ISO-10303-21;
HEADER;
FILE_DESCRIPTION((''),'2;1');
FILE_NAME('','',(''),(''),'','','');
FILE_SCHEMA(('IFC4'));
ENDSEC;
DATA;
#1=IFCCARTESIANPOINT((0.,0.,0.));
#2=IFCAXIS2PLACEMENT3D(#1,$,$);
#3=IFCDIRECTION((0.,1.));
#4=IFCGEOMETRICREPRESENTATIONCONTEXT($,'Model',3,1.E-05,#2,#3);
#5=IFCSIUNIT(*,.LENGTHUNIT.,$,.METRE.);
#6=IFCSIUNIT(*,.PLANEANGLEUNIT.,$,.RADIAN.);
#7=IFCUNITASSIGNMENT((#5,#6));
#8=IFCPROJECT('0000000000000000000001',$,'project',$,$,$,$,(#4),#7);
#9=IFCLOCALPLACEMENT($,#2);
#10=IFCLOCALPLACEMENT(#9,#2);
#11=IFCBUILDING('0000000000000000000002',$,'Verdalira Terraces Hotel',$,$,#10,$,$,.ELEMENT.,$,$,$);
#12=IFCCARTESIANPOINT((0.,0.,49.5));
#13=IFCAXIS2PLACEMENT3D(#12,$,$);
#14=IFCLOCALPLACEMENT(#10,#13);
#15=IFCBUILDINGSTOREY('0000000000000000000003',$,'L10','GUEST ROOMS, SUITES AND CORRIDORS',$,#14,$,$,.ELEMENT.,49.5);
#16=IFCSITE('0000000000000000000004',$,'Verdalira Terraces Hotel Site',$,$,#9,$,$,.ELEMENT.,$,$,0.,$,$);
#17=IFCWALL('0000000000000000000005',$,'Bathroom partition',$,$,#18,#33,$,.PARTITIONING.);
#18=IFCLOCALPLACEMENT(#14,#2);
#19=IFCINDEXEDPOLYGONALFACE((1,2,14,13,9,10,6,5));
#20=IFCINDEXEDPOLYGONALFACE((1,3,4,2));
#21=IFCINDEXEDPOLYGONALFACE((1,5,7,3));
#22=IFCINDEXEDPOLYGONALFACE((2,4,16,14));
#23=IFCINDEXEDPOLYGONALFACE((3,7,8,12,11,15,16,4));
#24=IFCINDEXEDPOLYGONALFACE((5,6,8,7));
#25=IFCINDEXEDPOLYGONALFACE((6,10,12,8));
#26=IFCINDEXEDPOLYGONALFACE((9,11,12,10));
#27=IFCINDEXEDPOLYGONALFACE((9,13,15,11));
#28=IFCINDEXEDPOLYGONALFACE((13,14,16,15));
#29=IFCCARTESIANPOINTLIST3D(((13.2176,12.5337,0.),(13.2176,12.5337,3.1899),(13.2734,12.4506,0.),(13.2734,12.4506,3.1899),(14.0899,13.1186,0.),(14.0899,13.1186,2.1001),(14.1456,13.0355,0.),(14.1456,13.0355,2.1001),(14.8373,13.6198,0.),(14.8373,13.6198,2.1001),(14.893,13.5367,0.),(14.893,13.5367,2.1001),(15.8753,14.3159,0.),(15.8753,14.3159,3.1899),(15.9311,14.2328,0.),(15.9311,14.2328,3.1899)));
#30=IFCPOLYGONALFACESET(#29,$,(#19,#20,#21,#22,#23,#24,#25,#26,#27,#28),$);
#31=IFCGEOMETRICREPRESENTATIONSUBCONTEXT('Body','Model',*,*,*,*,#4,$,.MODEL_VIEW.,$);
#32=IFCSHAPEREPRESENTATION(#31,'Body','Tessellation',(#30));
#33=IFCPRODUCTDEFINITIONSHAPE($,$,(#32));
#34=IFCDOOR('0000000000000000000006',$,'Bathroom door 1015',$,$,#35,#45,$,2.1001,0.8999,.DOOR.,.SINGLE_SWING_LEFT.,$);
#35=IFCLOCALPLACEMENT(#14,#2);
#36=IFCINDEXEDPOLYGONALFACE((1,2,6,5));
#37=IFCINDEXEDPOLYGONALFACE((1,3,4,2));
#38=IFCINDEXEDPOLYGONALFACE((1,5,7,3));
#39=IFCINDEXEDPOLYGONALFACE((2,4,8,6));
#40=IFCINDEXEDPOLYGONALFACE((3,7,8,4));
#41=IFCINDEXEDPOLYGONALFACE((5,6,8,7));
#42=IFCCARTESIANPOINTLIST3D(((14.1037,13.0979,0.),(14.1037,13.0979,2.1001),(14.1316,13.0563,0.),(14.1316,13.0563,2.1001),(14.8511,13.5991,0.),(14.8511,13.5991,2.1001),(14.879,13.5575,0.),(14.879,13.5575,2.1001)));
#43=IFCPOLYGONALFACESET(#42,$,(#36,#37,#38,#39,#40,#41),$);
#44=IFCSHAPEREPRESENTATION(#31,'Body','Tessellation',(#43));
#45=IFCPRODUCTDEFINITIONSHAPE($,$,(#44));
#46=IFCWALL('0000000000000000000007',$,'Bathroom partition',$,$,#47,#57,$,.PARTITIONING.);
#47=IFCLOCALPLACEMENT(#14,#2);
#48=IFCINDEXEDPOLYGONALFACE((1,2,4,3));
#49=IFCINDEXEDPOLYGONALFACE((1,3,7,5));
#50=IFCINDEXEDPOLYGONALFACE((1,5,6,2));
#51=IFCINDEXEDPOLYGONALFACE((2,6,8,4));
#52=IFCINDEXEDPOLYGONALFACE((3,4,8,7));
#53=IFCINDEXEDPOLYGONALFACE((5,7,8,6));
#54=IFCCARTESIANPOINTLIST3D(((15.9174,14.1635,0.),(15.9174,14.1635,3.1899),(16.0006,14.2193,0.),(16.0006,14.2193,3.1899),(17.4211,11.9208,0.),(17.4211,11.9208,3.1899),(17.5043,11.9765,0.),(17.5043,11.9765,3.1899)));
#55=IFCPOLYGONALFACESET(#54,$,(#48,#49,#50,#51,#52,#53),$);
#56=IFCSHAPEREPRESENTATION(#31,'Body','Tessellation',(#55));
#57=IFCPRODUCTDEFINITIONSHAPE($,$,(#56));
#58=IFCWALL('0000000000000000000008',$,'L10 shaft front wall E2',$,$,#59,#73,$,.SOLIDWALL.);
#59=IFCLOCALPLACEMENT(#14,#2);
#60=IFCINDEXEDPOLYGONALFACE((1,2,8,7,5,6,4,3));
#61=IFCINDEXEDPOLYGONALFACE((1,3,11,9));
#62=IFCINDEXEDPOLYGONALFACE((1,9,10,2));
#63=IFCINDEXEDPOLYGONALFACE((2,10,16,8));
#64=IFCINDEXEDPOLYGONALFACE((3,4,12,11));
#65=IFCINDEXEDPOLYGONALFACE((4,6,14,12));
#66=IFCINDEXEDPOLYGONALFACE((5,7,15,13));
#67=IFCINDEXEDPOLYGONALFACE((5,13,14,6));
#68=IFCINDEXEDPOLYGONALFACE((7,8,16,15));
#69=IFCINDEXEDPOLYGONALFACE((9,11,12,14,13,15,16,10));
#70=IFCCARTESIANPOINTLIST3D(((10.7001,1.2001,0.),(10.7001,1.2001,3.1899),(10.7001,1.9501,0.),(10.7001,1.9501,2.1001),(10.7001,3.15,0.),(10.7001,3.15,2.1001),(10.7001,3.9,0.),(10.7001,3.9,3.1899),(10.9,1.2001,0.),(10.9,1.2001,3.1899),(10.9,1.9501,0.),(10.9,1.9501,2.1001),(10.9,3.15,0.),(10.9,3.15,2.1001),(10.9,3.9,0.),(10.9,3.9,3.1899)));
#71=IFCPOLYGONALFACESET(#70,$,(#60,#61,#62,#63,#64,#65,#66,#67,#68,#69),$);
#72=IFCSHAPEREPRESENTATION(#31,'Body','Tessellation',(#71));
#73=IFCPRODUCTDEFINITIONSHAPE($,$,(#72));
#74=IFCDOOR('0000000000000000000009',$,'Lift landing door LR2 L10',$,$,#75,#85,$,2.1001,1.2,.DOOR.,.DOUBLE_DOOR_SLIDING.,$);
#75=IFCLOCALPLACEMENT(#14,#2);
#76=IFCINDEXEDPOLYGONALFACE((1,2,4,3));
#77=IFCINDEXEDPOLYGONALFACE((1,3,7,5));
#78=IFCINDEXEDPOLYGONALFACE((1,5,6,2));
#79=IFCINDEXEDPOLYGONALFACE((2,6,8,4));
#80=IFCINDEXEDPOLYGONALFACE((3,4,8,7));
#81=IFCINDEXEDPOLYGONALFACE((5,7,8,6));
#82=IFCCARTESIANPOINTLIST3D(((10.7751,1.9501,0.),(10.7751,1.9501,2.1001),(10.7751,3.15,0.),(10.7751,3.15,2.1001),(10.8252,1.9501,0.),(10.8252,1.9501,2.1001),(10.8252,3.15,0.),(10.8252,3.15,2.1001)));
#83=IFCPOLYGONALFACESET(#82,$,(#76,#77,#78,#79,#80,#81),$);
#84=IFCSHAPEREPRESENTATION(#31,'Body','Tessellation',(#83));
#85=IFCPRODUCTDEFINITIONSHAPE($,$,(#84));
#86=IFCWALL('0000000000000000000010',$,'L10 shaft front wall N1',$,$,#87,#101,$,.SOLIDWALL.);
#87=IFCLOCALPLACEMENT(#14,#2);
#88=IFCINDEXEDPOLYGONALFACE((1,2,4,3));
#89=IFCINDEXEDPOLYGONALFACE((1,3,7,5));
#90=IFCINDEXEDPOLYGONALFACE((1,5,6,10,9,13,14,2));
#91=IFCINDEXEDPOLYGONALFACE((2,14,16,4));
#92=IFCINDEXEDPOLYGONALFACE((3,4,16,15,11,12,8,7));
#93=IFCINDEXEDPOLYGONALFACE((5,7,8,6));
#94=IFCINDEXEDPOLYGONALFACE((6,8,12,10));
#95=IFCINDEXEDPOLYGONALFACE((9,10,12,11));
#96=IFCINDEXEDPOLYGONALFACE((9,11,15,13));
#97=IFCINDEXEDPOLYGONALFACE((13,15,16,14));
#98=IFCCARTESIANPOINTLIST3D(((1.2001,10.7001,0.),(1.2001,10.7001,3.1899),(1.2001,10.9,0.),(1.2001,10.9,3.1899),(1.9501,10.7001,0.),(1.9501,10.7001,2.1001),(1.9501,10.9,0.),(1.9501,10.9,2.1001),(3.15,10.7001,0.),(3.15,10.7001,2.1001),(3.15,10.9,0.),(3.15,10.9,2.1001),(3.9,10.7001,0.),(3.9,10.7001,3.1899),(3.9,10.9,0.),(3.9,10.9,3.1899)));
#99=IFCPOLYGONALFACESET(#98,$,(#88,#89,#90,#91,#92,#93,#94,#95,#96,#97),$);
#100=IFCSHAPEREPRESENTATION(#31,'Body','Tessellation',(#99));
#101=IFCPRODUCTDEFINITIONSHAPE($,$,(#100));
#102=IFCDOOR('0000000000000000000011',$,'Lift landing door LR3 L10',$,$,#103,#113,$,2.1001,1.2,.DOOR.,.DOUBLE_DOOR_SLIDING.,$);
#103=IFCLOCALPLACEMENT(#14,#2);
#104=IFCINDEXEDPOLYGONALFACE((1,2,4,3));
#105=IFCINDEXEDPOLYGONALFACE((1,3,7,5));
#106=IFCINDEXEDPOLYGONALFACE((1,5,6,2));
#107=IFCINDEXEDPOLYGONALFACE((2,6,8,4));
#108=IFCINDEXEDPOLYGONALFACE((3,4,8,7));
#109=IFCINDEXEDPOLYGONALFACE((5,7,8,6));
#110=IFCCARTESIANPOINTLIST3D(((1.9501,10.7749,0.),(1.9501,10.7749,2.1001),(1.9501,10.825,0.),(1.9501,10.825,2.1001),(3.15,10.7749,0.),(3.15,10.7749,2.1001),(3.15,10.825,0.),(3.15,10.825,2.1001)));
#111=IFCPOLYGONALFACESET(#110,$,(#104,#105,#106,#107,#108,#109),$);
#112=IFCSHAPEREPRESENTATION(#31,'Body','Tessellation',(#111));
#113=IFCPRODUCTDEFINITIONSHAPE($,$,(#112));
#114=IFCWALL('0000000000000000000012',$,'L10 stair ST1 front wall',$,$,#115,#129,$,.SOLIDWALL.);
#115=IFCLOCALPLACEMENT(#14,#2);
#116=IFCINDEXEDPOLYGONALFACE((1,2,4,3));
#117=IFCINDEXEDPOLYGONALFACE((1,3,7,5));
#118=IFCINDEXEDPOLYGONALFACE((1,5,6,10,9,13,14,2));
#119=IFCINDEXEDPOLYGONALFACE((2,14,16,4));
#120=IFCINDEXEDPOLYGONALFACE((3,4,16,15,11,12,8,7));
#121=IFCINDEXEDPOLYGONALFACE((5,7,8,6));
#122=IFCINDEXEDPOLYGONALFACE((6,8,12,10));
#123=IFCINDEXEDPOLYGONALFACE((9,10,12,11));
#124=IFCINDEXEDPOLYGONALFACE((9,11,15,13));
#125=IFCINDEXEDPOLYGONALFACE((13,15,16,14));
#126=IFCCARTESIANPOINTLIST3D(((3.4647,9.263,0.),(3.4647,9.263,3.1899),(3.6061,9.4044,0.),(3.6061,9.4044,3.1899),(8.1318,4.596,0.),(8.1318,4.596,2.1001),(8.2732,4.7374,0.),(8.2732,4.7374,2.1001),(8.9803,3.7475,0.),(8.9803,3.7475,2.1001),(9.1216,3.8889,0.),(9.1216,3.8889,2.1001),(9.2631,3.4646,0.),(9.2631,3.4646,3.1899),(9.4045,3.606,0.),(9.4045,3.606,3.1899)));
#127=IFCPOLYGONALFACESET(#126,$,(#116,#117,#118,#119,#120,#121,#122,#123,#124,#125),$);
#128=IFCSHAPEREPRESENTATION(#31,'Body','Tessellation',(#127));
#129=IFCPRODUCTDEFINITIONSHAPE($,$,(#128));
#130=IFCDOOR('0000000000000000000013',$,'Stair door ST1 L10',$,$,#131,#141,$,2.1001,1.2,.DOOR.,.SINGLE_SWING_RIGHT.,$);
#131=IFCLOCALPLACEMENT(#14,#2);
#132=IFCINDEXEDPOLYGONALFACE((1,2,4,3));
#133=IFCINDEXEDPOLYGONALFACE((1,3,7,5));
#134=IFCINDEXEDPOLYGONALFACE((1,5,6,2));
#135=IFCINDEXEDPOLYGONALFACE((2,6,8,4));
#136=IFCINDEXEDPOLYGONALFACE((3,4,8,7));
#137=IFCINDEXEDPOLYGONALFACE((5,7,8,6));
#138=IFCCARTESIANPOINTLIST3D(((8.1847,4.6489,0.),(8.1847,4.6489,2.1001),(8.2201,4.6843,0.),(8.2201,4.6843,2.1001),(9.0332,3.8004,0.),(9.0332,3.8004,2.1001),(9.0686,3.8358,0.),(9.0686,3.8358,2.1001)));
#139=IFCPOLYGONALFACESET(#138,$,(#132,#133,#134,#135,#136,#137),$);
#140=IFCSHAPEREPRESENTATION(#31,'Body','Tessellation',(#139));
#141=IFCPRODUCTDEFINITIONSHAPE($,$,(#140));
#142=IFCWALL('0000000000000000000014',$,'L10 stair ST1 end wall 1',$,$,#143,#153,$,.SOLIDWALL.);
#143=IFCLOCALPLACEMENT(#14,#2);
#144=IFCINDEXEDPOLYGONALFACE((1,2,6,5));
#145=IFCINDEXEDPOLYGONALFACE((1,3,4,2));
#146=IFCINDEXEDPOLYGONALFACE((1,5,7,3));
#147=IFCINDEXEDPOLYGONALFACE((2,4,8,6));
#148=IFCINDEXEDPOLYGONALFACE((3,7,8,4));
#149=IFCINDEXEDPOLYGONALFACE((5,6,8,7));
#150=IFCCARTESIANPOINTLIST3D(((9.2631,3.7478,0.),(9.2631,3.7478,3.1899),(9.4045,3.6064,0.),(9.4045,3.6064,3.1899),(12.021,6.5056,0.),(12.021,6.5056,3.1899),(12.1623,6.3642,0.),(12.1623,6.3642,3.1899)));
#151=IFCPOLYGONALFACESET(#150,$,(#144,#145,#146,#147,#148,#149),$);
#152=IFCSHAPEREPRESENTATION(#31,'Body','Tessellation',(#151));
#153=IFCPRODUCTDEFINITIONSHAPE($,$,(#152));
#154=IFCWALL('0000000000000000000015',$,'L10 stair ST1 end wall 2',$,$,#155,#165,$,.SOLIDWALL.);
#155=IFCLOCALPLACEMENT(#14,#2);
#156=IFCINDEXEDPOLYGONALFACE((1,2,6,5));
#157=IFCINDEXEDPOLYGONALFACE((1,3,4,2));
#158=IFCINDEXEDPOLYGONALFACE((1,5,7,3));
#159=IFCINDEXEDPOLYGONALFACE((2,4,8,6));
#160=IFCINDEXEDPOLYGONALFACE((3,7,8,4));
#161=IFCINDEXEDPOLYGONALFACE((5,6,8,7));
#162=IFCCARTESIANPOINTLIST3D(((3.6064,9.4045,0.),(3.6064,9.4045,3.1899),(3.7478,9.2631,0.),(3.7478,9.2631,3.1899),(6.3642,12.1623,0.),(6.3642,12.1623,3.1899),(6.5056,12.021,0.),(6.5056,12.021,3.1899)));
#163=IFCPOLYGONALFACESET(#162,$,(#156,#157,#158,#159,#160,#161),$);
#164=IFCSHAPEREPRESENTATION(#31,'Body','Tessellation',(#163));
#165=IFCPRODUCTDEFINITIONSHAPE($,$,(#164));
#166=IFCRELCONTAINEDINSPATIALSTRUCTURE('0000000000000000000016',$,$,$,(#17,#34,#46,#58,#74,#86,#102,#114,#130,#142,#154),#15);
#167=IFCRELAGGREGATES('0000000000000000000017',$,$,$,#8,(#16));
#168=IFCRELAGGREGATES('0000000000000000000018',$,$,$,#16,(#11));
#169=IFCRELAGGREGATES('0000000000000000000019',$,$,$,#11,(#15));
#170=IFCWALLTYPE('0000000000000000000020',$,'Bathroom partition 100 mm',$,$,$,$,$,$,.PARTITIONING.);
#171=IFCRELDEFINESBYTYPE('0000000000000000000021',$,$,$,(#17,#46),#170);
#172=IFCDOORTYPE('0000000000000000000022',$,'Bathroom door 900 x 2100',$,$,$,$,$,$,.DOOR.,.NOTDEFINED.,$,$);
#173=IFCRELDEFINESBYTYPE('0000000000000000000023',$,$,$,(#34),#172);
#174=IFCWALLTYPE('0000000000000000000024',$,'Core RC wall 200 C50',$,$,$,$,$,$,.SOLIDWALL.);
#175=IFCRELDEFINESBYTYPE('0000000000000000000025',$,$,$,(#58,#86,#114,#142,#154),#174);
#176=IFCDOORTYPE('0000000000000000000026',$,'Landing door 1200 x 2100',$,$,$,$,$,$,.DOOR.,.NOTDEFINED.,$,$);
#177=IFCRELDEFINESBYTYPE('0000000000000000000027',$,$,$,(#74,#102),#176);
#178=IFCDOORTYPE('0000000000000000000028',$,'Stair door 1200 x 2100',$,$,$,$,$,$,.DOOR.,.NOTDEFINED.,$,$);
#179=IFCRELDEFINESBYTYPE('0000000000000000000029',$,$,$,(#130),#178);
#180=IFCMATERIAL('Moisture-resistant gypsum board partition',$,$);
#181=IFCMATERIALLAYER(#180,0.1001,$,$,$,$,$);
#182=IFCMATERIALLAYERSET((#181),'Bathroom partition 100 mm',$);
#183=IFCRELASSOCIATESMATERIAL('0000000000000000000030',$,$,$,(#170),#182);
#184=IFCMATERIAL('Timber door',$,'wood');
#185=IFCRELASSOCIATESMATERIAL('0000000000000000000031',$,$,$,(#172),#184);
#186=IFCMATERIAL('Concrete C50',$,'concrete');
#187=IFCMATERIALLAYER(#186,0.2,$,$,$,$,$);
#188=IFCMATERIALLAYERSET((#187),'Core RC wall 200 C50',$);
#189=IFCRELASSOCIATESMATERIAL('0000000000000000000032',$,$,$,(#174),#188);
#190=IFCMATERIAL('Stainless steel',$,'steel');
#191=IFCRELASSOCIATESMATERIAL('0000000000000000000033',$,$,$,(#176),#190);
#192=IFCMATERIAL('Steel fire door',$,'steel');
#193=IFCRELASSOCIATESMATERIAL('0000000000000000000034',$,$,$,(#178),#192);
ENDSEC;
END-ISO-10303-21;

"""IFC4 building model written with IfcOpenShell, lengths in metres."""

from ifc_helpers import new_model, si_unit, direction, frame, frame_2d, origin, place, context, subcontext, project, spatial, rectangle, extrude, material, layer, layer_set, type_object, element, fill, save


model = new_model("IFC4")

# Units and contexts
model_context = context("Model", 3, precision=1e-05, world=origin(), true_north=direction((0.0, 1.0)))
body_context = subcontext(model_context, "Body", "Model", "MODEL_VIEW")
ifc_project = project(units=[si_unit("LENGTHUNIT", "METRE"), si_unit("PLANEANGLEUNIT", "RADIAN")], contexts=[model_context])

# Site, building, storey
site_placement = place(None, origin())
site = spatial("IfcSite", under=ifc_project, at=site_placement, Name="Verdalira Terraces Hotel Site", CompositionType="ELEMENT", RefElevation=0.0)
building_placement = place(site_placement, origin())
building = spatial("IfcBuilding", under=site, at=building_placement, Name="Verdalira Terraces Hotel", CompositionType="ELEMENT")
storey_placement = place(building_placement, frame((0.0, 0.0, 49.5)))
storey = spatial("IfcBuildingStorey", under=building, at=storey_placement, Name="L10", Description="GUEST ROOMS, SUITES AND CORRIDORS", CompositionType="ELEMENT", Elevation=49.5)

# Wall, opening, door
ifc_material_1 = material(Name="Moisture-resistant gypsum board partition")
ifc_layer_1 = layer(ifc_material_1, 0.1001)
ifc_layer_set_1 = layer_set([ifc_layer_1], Name="Bathroom partition 100 mm")
wall_type_1 = type_object("IfcWallType", Name="Bathroom partition 100 mm", PredefinedType="PARTITIONING", material=ifc_layer_set_1)
wall_1_placement = place(storey_placement, frame((15.9033, 14.2744, 0.0), z_axis=(0.0, 0.0, 1.0), x_axis=(-0.830545, -0.556952, 0.0)))
wall_1 = element("IfcWall", 1, at=wall_1_placement, inside=storey, type_object=wall_type_1, Name="Bathroom partition", PredefinedType="PARTITIONING", context=body_context, shape_type="SweptSolid", body=[
    extrude(rectangle(XDim=3.2, YDim=0.1001, at=frame_2d((1.6001, 0.0))), origin(), (0.0, 0.0, 1.0), 3.1899),
])
opening_1_placement = place(wall_1_placement, frame((1.25, 0.0, 0.0)))
opening_1 = element("IfcOpeningElement", 2, at=opening_1_placement, cuts=wall_1, PredefinedType="OPENING", context=body_context, shape_type="SweptSolid", body=[
    extrude(rectangle(XDim=0.8999, YDim=2.1001, at=frame_2d((0.45, 1.05))), frame((0.0, 0.0601, 0.0), z_axis=(0.0, -1.0, 0.0), x_axis=(1.0, 0.0, 0.0)), (0.0, 0.0, 1.0), 0.1201),
])
ifc_material_2 = material(Name="Timber door", Category="wood")
door_type_1 = type_object("IfcDoorType", Name="Bathroom door 900 x 2100", OperationType="NOTDEFINED", PredefinedType="DOOR", material=ifc_material_2)
door_1_placement = place(opening_1_placement, origin())
door_1 = element("IfcDoor", 3, at=door_1_placement, inside=storey, type_object=door_type_1, Name="Bathroom door 1015", OperationType="SINGLE_SWING_LEFT", OverallHeight=2.1001, OverallWidth=0.8999, PredefinedType="DOOR", context=body_context, shape_type="SweptSolid", body=[
    extrude(rectangle(XDim=0.8999, YDim=2.1001, at=frame_2d((0.45, 1.05))), frame((0.0, 0.0249, 0.0), z_axis=(0.0, -1.0, 0.0), x_axis=(1.0, 0.0, 0.0)), (0.0, 0.0, 1.0), 0.05),
])
fill(opening_1, door_1)

# Wall
wall_2_placement = place(storey_placement, frame((15.959, 14.1914, 0.0), z_axis=(0.0, 0.0, 1.0), x_axis=(0.556889, -0.830587, 0.0)))
element("IfcWall", 4, at=wall_2_placement, inside=storey, type_object=wall_type_1, Name="Bathroom partition", PredefinedType="PARTITIONING", context=body_context, shape_type="SweptSolid", body=[
    extrude(rectangle(XDim=2.7002, YDim=0.1001, at=frame_2d((1.3501, 0.0))), origin(), (0.0, 0.0, 1.0), 3.1899),
])

# Walls, openings, doors
ifc_material_3 = material(Name="Concrete C50", Category="concrete")
ifc_layer_2 = layer(ifc_material_3, 0.2)
ifc_layer_set_2 = layer_set([ifc_layer_2], Name="Core RC wall 200 C50")
wall_type_2 = type_object("IfcWallType", Name="Core RC wall 200 C50", PredefinedType="SOLIDWALL", material=ifc_layer_set_2)
wall_3_placement = place(storey_placement, frame((10.8, 1.2, 0.0), z_axis=(0.0, 0.0, 1.0), x_axis=(0.0, 1.0, 0.0)))
wall_3 = element("IfcWall", 5, at=wall_3_placement, inside=storey, type_object=wall_type_2, Name="L10 shaft front wall E2", PredefinedType="SOLIDWALL", context=body_context, shape_type="SweptSolid", body=[
    extrude(rectangle(XDim=2.7, YDim=0.2, at=frame_2d((1.3501, 0.0))), origin(), (0.0, 0.0, 1.0), 3.1899),
])
opening_2_placement = place(wall_3_placement, frame((0.75, 0.0, 0.0)))
opening_2 = element("IfcOpeningElement", 6, at=opening_2_placement, cuts=wall_3, PredefinedType="OPENING", context=body_context, shape_type="SweptSolid", body=[
    extrude(rectangle(XDim=1.2, YDim=2.1001, at=frame_2d((0.6001, 1.05))), frame((0.0, 0.1099, 0.0), z_axis=(0.0, -1.0, 0.0), x_axis=(1.0, 0.0, 0.0)), (0.0, 0.0, 1.0), 0.22),
])
ifc_material_4 = material(Name="Stainless steel", Category="steel")
door_type_2 = type_object("IfcDoorType", Name="Landing door 1200 x 2100", OperationType="NOTDEFINED", PredefinedType="DOOR", material=ifc_material_4)
door_2_placement = place(opening_2_placement, origin())
door_2 = element("IfcDoor", 7, at=door_2_placement, inside=storey, type_object=door_type_2, Name="Lift landing door LR2 L10", OperationType="DOUBLE_DOOR_SLIDING", OverallHeight=2.1001, OverallWidth=1.2, PredefinedType="DOOR", context=body_context, shape_type="SweptSolid", body=[
    extrude(rectangle(XDim=1.2, YDim=2.1001, at=frame_2d((0.6001, 1.05))), frame((0.0, 0.0249, 0.0), z_axis=(0.0, -1.0, 0.0), x_axis=(1.0, 0.0, 0.0)), (0.0, 0.0, 1.0), 0.05),
])
fill(opening_2, door_2)
wall_4_placement = place(storey_placement, frame((1.2, 10.8, 0.0), z_axis=(0.0, 0.0, 1.0), x_axis=(1.0, 0.0, 0.0)))
wall_4 = element("IfcWall", 8, at=wall_4_placement, inside=storey, type_object=wall_type_2, Name="L10 shaft front wall N1", PredefinedType="SOLIDWALL", context=body_context, shape_type="SweptSolid", body=[
    extrude(rectangle(XDim=2.7, YDim=0.2, at=frame_2d((1.3501, 0.0))), origin(), (0.0, 0.0, 1.0), 3.1899),
])
opening_3_placement = place(wall_4_placement, frame((0.75, 0.0, 0.0)))
opening_3 = element("IfcOpeningElement", 9, at=opening_3_placement, cuts=wall_4, PredefinedType="OPENING", context=body_context, shape_type="SweptSolid", body=[
    extrude(rectangle(XDim=1.2, YDim=2.1001, at=frame_2d((0.6001, 1.05))), frame((0.0, 0.1099, 0.0), z_axis=(0.0, -1.0, 0.0), x_axis=(1.0, 0.0, 0.0)), (0.0, 0.0, 1.0), 0.22),
])
door_3_placement = place(opening_3_placement, origin())
door_3 = element("IfcDoor", 10, at=door_3_placement, inside=storey, type_object=door_type_2, Name="Lift landing door LR3 L10", OperationType="DOUBLE_DOOR_SLIDING", OverallHeight=2.1001, OverallWidth=1.2, PredefinedType="DOOR", context=body_context, shape_type="SweptSolid", body=[
    extrude(rectangle(XDim=1.2, YDim=2.1001, at=frame_2d((0.6001, 1.05))), frame((0.0, 0.0249, 0.0), z_axis=(0.0, -1.0, 0.0), x_axis=(1.0, 0.0, 0.0)), (0.0, 0.0, 1.0), 0.05),
])
fill(opening_3, door_3)
wall_5_placement = place(storey_placement, frame((3.5354, 9.3337, 0.0), z_axis=(0.0, 0.0, 1.0), x_axis=(0.707107, -0.707107, 0.0)))
wall_5 = element("IfcWall", 11, at=wall_5_placement, inside=storey, type_object=wall_type_2, Name="L10 stair ST1 front wall", PredefinedType="SOLIDWALL", context=body_context, shape_type="SweptSolid", body=[
    extrude(rectangle(XDim=8.2002, YDim=0.2, at=frame_2d((4.1001, 0.0))), origin(), (0.0, 0.0, 1.0), 3.1899),
])
opening_4_placement = place(wall_5_placement, frame((6.6001, 0.0, 0.0)))
opening_4 = element("IfcOpeningElement", 12, at=opening_4_placement, cuts=wall_5, PredefinedType="OPENING", context=body_context, shape_type="SweptSolid", body=[
    extrude(rectangle(XDim=1.2, YDim=2.1001, at=frame_2d((0.6001, 1.05))), frame((0.0, 0.1099, 0.0), z_axis=(0.0, -1.0, 0.0), x_axis=(1.0, 0.0, 0.0)), (0.0, 0.0, 1.0), 0.22),
])
ifc_material_5 = material(Name="Steel fire door", Category="steel")
door_type_3 = type_object("IfcDoorType", Name="Stair door 1200 x 2100", OperationType="NOTDEFINED", PredefinedType="DOOR", material=ifc_material_5)
door_4_placement = place(opening_4_placement, origin())
door_4 = element("IfcDoor", 13, at=door_4_placement, inside=storey, type_object=door_type_3, Name="Stair door ST1 L10", OperationType="SINGLE_SWING_RIGHT", OverallHeight=2.1001, OverallWidth=1.2, PredefinedType="DOOR", context=body_context, shape_type="SweptSolid", body=[
    extrude(rectangle(XDim=1.2, YDim=2.1001, at=frame_2d((0.6001, 1.05))), frame((0.0, 0.0249, 0.0), z_axis=(0.0, -1.0, 0.0), x_axis=(1.0, 0.0, 0.0)), (0.0, 0.0, 1.0), 0.05),
])
fill(opening_4, door_4)

# Walls
for number, where, z_axis, x_axis, name in (
    (14, (9.3337, 3.677, 0.0), (0.0, 0.0, 1.0), (0.707107, 0.707107, 0.0), "L10 stair ST1 end wall 1"),
    (15, (3.677, 9.3337, 0.0), (0.0, 0.0, 1.0), (0.707107, 0.707107, 0.0), "L10 stair ST1 end wall 2"),
):
    element("IfcWall", number, at=place(storey_placement, frame(where, z_axis=z_axis, x_axis=x_axis)), inside=storey, type_object=wall_type_2, Name=name, PredefinedType="SOLIDWALL", context=body_context, shape_type="SweptSolid", body=[
        extrude(rectangle(XDim=3.9001, YDim=0.2, at=frame_2d((1.9502, 0.0))), origin(), (0.0, 0.0, 1.0), 3.1899),
    ])

save(model, "model.ifc")
